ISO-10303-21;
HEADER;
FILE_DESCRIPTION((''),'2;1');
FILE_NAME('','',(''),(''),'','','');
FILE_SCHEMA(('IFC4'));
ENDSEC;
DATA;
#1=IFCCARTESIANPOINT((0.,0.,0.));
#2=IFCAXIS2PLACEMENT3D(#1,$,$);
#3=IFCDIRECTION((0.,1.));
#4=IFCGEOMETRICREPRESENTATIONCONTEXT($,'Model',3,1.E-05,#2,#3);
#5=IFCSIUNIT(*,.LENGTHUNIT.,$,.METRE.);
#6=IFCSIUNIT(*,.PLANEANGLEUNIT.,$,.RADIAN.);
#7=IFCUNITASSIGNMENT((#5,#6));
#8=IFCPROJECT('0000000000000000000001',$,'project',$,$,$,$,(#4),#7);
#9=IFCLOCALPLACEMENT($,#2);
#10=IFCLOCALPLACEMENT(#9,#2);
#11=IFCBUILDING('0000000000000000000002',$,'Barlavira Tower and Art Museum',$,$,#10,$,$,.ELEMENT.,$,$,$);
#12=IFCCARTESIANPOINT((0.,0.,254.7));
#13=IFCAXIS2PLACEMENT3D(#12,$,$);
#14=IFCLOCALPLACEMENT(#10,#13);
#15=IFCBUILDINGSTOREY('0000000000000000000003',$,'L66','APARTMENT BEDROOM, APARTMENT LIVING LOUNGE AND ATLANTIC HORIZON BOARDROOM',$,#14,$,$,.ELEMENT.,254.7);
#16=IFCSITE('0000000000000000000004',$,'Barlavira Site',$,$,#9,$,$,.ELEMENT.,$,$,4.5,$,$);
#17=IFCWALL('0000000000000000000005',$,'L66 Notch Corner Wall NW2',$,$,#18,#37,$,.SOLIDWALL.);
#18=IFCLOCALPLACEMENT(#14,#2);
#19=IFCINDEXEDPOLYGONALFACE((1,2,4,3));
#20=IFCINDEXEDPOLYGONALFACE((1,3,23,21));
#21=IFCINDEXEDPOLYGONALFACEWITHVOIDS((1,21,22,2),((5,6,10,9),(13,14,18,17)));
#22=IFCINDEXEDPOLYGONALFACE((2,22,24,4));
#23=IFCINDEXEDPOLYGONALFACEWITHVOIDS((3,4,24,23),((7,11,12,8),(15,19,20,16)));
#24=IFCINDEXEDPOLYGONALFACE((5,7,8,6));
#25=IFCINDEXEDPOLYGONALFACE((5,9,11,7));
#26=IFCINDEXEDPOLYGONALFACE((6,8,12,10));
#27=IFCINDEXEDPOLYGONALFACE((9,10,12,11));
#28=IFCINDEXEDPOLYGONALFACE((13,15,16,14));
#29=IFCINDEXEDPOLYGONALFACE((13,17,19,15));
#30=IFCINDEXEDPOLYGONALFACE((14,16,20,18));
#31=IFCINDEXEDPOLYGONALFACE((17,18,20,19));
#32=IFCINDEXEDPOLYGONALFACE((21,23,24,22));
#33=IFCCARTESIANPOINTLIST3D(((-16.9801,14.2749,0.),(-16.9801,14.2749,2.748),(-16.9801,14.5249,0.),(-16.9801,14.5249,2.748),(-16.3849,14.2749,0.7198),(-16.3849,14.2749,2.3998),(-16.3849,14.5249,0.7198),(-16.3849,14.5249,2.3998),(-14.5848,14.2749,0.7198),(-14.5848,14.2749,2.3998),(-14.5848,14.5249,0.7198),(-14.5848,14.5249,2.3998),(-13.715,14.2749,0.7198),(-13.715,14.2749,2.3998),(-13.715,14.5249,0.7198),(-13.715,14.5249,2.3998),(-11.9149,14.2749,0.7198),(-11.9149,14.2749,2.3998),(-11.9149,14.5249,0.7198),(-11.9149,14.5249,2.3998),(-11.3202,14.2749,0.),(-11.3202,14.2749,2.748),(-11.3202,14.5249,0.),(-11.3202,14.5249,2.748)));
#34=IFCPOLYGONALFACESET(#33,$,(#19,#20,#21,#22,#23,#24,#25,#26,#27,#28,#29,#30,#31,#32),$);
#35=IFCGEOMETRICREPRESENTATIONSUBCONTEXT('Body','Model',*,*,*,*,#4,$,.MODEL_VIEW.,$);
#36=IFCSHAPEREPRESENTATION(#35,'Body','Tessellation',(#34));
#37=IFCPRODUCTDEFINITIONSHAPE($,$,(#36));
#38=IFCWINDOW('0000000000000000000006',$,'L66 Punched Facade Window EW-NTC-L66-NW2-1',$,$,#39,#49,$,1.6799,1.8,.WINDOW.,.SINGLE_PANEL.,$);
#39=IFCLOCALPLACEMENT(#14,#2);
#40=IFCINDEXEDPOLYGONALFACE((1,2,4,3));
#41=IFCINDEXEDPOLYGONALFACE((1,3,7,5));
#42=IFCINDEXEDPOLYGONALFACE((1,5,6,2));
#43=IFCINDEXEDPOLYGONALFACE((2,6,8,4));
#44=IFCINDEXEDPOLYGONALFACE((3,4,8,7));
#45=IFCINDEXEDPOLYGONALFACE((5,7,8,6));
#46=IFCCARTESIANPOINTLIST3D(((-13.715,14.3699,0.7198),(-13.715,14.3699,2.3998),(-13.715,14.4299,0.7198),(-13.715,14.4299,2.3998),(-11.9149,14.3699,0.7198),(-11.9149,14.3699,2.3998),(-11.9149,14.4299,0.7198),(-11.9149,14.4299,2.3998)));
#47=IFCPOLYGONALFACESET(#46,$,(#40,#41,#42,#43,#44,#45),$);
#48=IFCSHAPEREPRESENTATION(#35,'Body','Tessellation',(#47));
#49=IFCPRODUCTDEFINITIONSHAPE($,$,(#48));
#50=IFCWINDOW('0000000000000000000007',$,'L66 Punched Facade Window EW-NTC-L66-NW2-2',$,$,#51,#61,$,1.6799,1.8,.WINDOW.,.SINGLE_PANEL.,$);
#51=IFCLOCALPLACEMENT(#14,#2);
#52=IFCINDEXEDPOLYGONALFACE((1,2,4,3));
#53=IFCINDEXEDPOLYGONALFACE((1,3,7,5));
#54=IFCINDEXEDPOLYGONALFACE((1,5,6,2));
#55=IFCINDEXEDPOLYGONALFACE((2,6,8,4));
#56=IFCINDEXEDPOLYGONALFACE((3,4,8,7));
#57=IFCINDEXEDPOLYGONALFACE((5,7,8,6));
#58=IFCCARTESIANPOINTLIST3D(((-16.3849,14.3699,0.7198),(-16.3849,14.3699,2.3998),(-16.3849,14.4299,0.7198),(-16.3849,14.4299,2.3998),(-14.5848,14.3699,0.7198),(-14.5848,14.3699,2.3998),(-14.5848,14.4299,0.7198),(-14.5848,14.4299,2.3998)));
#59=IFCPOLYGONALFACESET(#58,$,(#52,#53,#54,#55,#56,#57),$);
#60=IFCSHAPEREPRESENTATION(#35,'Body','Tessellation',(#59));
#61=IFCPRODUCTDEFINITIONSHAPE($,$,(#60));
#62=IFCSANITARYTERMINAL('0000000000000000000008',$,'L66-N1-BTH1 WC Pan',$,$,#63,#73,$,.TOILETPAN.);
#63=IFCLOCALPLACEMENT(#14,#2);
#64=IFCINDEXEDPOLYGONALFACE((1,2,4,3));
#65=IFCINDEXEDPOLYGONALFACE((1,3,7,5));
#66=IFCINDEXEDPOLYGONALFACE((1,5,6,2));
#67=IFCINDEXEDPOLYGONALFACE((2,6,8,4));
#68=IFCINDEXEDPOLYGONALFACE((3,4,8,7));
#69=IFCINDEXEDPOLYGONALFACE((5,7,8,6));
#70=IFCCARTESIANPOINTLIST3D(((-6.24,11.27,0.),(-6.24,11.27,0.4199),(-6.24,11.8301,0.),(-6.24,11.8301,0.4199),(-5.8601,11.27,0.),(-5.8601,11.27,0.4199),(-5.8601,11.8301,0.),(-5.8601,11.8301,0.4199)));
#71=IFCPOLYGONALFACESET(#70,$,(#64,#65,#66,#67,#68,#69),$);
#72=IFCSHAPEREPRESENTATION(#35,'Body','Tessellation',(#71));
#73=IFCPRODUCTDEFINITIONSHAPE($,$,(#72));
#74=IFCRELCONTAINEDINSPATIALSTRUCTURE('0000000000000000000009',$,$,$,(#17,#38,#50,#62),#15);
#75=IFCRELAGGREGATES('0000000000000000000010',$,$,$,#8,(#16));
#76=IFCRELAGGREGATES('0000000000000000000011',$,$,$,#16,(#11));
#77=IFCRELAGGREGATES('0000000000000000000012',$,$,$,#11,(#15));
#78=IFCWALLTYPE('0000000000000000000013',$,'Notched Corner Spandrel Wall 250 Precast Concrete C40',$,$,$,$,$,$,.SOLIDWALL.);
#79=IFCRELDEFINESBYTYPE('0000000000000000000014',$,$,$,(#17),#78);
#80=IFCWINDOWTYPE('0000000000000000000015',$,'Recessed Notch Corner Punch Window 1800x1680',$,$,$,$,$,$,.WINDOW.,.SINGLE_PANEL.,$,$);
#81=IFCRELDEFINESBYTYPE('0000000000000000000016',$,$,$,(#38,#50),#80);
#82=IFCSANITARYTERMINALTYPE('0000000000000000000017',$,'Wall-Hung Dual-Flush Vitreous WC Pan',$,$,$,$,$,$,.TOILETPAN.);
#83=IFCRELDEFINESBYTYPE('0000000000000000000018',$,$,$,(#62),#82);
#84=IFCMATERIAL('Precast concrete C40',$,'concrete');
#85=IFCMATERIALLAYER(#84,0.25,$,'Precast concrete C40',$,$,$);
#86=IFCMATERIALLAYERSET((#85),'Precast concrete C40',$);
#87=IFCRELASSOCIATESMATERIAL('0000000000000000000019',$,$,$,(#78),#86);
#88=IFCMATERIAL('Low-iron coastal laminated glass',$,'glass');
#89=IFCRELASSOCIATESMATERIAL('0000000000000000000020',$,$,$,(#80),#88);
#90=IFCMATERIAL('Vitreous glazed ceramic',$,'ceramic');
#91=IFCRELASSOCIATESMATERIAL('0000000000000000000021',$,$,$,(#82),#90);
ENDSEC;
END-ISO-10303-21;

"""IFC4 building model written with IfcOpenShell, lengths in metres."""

from ifc_helpers import new_model, si_unit, direction, frame, frame_2d, origin, origin_2d, place, context, subcontext, project, spatial, rectangle, extrude, material, layer, layer_set, type_object, element, fill, save


model = new_model("IFC4")

# Units and contexts
model_context = context("Model", 3, precision=1e-05, world=origin(), true_north=direction((0.0, 1.0)))
body_context = subcontext(model_context, "Body", "Model", "MODEL_VIEW")
ifc_project = project(units=[si_unit("LENGTHUNIT", "METRE"), si_unit("PLANEANGLEUNIT", "RADIAN")], contexts=[model_context])

# Site, building, storey
site_placement = place(None, origin())
site = spatial("IfcSite", under=ifc_project, at=site_placement, Name="Barlavira Site", CompositionType="ELEMENT", RefElevation=4.5)
building_placement = place(site_placement, origin())
building = spatial("IfcBuilding", under=site, at=building_placement, Name="Barlavira Tower and Art Museum", CompositionType="ELEMENT")
storey_placement = place(building_placement, frame((0.0, 0.0, 254.7)))
storey = spatial("IfcBuildingStorey", under=building, at=storey_placement, Name="L66", Description="APARTMENT BEDROOM, APARTMENT LIVING LOUNGE AND ATLANTIC HORIZON BOARDROOM", CompositionType="ELEMENT", Elevation=254.7)

# Shared definitions
ifc_material_1 = material(Name="Low-iron coastal laminated glass", Category="glass")

# Shared definitions
ifc_material_2 = material(Name="Precast concrete C40", Category="concrete")
ifc_layer_1 = layer(ifc_material_2, 0.25, Name="Precast concrete C40")
ifc_layer_set_1 = layer_set([ifc_layer_1], Name="Precast concrete C40")
wall_type_1 = type_object("IfcWallType", Name="Notched Corner Spandrel Wall 250 Precast Concrete C40", PredefinedType="SOLIDWALL", material=ifc_layer_set_1)
window_type = type_object("IfcWindowType", Name="Recessed Notch Corner Punch Window 1800x1680", PartitioningType="SINGLE_PANEL", PredefinedType="WINDOW", material=ifc_material_1)

# Wall, openings, windows
wall_1_placement = place(storey_placement, frame((-11.3201, 14.3999, 0.0), z_axis=(0.0, 0.0, 1.0), x_axis=(-1.0, 0.0, 0.0)))
wall_1 = element("IfcWall", 1, at=wall_1_placement, inside=storey, type_object=wall_type_1, Name="L66 Notch Corner Wall NW2", PredefinedType="SOLIDWALL", context=body_context, shape_type="SweptSolid", body=[
    extrude(rectangle(XDim=5.6599, YDim=0.25, at=frame_2d((2.8301, 0.0))), origin(), (0.0, 0.0, 1.0), 2.748),
])
opening_1_placement = place(wall_1_placement, frame((0.595, 0.0, 0.72)))
opening_1 = element("IfcOpeningElement", 2, at=opening_1_placement, cuts=wall_1, PredefinedType="OPENING", context=body_context, shape_type="SweptSolid", body=[
    extrude(rectangle(XDim=1.8, YDim=1.6799, at=frame_2d((0.8999, 0.8398))), frame((0.0, 0.135, 0.0), z_axis=(0.0, -1.0, 0.0), x_axis=(1.0, 0.0, 0.0)), (0.0, 0.0, 1.0), 0.27),
])
opening_2_placement = place(wall_1_placement, frame((3.2649, 0.0, 0.72)))
opening_2 = element("IfcOpeningElement", 3, at=opening_2_placement, cuts=wall_1, PredefinedType="OPENING", context=body_context, shape_type="SweptSolid", body=[
    extrude(rectangle(XDim=1.8, YDim=1.6799, at=frame_2d((0.8999, 0.8398))), frame((0.0, 0.135, 0.0), z_axis=(0.0, -1.0, 0.0), x_axis=(1.0, 0.0, 0.0)), (0.0, 0.0, 1.0), 0.27),
])
window_1_placement = place(opening_1_placement, origin())
window_1 = element("IfcWindow", 4, at=window_1_placement, inside=storey, type_object=window_type, Name="L66 Punched Facade Window EW-NTC-L66-NW2-1", OverallHeight=1.6799, OverallWidth=1.8, PartitioningType="SINGLE_PANEL", PredefinedType="WINDOW", context=body_context, shape_type="SweptSolid", body=[
    extrude(rectangle(XDim=1.8, YDim=1.6799, at=frame_2d((0.8999, 0.8398))), frame((0.0, 0.03, 0.0), z_axis=(0.0, -1.0, 0.0), x_axis=(1.0, 0.0, 0.0)), (0.0, 0.0, 1.0), 0.0601),
])
fill(opening_1, window_1)
window_2_placement = place(opening_2_placement, origin())
window_2 = element("IfcWindow", 5, at=window_2_placement, inside=storey, type_object=window_type, Name="L66 Punched Facade Window EW-NTC-L66-NW2-2", OverallHeight=1.6799, OverallWidth=1.8, PartitioningType="SINGLE_PANEL", PredefinedType="WINDOW", context=body_context, shape_type="SweptSolid", body=[
    extrude(rectangle(XDim=1.8, YDim=1.6799, at=frame_2d((0.8999, 0.8398))), frame((0.0, 0.03, 0.0), z_axis=(0.0, -1.0, 0.0), x_axis=(1.0, 0.0, 0.0)), (0.0, 0.0, 1.0), 0.0601),
])
fill(opening_2, window_2)

# Sanitary terminal
ifc_material_3 = material(Name="Vitreous glazed ceramic", Category="ceramic")
sanitary_terminal_type = type_object("IfcSanitaryTerminalType", Name="Wall-Hung Dual-Flush Vitreous WC Pan", PredefinedType="TOILETPAN", material=ifc_material_3)
sanitary_terminal_placement = place(storey_placement, frame((-6.05, 11.55, 0.0), z_axis=(0.0, 0.0, 1.0), x_axis=(1.0, 0.0, 0.0)))
element("IfcSanitaryTerminal", 6, at=sanitary_terminal_placement, inside=storey, type_object=sanitary_terminal_type, Name="L66-N1-BTH1 WC Pan", PredefinedType="TOILETPAN", context=body_context, shape_type="SweptSolid", body=[
    extrude(rectangle(XDim=0.3799, YDim=0.5601, at=origin_2d()), origin(), (0.0, 0.0, 1.0), 0.4199),
])

save(model, "model.ifc")
